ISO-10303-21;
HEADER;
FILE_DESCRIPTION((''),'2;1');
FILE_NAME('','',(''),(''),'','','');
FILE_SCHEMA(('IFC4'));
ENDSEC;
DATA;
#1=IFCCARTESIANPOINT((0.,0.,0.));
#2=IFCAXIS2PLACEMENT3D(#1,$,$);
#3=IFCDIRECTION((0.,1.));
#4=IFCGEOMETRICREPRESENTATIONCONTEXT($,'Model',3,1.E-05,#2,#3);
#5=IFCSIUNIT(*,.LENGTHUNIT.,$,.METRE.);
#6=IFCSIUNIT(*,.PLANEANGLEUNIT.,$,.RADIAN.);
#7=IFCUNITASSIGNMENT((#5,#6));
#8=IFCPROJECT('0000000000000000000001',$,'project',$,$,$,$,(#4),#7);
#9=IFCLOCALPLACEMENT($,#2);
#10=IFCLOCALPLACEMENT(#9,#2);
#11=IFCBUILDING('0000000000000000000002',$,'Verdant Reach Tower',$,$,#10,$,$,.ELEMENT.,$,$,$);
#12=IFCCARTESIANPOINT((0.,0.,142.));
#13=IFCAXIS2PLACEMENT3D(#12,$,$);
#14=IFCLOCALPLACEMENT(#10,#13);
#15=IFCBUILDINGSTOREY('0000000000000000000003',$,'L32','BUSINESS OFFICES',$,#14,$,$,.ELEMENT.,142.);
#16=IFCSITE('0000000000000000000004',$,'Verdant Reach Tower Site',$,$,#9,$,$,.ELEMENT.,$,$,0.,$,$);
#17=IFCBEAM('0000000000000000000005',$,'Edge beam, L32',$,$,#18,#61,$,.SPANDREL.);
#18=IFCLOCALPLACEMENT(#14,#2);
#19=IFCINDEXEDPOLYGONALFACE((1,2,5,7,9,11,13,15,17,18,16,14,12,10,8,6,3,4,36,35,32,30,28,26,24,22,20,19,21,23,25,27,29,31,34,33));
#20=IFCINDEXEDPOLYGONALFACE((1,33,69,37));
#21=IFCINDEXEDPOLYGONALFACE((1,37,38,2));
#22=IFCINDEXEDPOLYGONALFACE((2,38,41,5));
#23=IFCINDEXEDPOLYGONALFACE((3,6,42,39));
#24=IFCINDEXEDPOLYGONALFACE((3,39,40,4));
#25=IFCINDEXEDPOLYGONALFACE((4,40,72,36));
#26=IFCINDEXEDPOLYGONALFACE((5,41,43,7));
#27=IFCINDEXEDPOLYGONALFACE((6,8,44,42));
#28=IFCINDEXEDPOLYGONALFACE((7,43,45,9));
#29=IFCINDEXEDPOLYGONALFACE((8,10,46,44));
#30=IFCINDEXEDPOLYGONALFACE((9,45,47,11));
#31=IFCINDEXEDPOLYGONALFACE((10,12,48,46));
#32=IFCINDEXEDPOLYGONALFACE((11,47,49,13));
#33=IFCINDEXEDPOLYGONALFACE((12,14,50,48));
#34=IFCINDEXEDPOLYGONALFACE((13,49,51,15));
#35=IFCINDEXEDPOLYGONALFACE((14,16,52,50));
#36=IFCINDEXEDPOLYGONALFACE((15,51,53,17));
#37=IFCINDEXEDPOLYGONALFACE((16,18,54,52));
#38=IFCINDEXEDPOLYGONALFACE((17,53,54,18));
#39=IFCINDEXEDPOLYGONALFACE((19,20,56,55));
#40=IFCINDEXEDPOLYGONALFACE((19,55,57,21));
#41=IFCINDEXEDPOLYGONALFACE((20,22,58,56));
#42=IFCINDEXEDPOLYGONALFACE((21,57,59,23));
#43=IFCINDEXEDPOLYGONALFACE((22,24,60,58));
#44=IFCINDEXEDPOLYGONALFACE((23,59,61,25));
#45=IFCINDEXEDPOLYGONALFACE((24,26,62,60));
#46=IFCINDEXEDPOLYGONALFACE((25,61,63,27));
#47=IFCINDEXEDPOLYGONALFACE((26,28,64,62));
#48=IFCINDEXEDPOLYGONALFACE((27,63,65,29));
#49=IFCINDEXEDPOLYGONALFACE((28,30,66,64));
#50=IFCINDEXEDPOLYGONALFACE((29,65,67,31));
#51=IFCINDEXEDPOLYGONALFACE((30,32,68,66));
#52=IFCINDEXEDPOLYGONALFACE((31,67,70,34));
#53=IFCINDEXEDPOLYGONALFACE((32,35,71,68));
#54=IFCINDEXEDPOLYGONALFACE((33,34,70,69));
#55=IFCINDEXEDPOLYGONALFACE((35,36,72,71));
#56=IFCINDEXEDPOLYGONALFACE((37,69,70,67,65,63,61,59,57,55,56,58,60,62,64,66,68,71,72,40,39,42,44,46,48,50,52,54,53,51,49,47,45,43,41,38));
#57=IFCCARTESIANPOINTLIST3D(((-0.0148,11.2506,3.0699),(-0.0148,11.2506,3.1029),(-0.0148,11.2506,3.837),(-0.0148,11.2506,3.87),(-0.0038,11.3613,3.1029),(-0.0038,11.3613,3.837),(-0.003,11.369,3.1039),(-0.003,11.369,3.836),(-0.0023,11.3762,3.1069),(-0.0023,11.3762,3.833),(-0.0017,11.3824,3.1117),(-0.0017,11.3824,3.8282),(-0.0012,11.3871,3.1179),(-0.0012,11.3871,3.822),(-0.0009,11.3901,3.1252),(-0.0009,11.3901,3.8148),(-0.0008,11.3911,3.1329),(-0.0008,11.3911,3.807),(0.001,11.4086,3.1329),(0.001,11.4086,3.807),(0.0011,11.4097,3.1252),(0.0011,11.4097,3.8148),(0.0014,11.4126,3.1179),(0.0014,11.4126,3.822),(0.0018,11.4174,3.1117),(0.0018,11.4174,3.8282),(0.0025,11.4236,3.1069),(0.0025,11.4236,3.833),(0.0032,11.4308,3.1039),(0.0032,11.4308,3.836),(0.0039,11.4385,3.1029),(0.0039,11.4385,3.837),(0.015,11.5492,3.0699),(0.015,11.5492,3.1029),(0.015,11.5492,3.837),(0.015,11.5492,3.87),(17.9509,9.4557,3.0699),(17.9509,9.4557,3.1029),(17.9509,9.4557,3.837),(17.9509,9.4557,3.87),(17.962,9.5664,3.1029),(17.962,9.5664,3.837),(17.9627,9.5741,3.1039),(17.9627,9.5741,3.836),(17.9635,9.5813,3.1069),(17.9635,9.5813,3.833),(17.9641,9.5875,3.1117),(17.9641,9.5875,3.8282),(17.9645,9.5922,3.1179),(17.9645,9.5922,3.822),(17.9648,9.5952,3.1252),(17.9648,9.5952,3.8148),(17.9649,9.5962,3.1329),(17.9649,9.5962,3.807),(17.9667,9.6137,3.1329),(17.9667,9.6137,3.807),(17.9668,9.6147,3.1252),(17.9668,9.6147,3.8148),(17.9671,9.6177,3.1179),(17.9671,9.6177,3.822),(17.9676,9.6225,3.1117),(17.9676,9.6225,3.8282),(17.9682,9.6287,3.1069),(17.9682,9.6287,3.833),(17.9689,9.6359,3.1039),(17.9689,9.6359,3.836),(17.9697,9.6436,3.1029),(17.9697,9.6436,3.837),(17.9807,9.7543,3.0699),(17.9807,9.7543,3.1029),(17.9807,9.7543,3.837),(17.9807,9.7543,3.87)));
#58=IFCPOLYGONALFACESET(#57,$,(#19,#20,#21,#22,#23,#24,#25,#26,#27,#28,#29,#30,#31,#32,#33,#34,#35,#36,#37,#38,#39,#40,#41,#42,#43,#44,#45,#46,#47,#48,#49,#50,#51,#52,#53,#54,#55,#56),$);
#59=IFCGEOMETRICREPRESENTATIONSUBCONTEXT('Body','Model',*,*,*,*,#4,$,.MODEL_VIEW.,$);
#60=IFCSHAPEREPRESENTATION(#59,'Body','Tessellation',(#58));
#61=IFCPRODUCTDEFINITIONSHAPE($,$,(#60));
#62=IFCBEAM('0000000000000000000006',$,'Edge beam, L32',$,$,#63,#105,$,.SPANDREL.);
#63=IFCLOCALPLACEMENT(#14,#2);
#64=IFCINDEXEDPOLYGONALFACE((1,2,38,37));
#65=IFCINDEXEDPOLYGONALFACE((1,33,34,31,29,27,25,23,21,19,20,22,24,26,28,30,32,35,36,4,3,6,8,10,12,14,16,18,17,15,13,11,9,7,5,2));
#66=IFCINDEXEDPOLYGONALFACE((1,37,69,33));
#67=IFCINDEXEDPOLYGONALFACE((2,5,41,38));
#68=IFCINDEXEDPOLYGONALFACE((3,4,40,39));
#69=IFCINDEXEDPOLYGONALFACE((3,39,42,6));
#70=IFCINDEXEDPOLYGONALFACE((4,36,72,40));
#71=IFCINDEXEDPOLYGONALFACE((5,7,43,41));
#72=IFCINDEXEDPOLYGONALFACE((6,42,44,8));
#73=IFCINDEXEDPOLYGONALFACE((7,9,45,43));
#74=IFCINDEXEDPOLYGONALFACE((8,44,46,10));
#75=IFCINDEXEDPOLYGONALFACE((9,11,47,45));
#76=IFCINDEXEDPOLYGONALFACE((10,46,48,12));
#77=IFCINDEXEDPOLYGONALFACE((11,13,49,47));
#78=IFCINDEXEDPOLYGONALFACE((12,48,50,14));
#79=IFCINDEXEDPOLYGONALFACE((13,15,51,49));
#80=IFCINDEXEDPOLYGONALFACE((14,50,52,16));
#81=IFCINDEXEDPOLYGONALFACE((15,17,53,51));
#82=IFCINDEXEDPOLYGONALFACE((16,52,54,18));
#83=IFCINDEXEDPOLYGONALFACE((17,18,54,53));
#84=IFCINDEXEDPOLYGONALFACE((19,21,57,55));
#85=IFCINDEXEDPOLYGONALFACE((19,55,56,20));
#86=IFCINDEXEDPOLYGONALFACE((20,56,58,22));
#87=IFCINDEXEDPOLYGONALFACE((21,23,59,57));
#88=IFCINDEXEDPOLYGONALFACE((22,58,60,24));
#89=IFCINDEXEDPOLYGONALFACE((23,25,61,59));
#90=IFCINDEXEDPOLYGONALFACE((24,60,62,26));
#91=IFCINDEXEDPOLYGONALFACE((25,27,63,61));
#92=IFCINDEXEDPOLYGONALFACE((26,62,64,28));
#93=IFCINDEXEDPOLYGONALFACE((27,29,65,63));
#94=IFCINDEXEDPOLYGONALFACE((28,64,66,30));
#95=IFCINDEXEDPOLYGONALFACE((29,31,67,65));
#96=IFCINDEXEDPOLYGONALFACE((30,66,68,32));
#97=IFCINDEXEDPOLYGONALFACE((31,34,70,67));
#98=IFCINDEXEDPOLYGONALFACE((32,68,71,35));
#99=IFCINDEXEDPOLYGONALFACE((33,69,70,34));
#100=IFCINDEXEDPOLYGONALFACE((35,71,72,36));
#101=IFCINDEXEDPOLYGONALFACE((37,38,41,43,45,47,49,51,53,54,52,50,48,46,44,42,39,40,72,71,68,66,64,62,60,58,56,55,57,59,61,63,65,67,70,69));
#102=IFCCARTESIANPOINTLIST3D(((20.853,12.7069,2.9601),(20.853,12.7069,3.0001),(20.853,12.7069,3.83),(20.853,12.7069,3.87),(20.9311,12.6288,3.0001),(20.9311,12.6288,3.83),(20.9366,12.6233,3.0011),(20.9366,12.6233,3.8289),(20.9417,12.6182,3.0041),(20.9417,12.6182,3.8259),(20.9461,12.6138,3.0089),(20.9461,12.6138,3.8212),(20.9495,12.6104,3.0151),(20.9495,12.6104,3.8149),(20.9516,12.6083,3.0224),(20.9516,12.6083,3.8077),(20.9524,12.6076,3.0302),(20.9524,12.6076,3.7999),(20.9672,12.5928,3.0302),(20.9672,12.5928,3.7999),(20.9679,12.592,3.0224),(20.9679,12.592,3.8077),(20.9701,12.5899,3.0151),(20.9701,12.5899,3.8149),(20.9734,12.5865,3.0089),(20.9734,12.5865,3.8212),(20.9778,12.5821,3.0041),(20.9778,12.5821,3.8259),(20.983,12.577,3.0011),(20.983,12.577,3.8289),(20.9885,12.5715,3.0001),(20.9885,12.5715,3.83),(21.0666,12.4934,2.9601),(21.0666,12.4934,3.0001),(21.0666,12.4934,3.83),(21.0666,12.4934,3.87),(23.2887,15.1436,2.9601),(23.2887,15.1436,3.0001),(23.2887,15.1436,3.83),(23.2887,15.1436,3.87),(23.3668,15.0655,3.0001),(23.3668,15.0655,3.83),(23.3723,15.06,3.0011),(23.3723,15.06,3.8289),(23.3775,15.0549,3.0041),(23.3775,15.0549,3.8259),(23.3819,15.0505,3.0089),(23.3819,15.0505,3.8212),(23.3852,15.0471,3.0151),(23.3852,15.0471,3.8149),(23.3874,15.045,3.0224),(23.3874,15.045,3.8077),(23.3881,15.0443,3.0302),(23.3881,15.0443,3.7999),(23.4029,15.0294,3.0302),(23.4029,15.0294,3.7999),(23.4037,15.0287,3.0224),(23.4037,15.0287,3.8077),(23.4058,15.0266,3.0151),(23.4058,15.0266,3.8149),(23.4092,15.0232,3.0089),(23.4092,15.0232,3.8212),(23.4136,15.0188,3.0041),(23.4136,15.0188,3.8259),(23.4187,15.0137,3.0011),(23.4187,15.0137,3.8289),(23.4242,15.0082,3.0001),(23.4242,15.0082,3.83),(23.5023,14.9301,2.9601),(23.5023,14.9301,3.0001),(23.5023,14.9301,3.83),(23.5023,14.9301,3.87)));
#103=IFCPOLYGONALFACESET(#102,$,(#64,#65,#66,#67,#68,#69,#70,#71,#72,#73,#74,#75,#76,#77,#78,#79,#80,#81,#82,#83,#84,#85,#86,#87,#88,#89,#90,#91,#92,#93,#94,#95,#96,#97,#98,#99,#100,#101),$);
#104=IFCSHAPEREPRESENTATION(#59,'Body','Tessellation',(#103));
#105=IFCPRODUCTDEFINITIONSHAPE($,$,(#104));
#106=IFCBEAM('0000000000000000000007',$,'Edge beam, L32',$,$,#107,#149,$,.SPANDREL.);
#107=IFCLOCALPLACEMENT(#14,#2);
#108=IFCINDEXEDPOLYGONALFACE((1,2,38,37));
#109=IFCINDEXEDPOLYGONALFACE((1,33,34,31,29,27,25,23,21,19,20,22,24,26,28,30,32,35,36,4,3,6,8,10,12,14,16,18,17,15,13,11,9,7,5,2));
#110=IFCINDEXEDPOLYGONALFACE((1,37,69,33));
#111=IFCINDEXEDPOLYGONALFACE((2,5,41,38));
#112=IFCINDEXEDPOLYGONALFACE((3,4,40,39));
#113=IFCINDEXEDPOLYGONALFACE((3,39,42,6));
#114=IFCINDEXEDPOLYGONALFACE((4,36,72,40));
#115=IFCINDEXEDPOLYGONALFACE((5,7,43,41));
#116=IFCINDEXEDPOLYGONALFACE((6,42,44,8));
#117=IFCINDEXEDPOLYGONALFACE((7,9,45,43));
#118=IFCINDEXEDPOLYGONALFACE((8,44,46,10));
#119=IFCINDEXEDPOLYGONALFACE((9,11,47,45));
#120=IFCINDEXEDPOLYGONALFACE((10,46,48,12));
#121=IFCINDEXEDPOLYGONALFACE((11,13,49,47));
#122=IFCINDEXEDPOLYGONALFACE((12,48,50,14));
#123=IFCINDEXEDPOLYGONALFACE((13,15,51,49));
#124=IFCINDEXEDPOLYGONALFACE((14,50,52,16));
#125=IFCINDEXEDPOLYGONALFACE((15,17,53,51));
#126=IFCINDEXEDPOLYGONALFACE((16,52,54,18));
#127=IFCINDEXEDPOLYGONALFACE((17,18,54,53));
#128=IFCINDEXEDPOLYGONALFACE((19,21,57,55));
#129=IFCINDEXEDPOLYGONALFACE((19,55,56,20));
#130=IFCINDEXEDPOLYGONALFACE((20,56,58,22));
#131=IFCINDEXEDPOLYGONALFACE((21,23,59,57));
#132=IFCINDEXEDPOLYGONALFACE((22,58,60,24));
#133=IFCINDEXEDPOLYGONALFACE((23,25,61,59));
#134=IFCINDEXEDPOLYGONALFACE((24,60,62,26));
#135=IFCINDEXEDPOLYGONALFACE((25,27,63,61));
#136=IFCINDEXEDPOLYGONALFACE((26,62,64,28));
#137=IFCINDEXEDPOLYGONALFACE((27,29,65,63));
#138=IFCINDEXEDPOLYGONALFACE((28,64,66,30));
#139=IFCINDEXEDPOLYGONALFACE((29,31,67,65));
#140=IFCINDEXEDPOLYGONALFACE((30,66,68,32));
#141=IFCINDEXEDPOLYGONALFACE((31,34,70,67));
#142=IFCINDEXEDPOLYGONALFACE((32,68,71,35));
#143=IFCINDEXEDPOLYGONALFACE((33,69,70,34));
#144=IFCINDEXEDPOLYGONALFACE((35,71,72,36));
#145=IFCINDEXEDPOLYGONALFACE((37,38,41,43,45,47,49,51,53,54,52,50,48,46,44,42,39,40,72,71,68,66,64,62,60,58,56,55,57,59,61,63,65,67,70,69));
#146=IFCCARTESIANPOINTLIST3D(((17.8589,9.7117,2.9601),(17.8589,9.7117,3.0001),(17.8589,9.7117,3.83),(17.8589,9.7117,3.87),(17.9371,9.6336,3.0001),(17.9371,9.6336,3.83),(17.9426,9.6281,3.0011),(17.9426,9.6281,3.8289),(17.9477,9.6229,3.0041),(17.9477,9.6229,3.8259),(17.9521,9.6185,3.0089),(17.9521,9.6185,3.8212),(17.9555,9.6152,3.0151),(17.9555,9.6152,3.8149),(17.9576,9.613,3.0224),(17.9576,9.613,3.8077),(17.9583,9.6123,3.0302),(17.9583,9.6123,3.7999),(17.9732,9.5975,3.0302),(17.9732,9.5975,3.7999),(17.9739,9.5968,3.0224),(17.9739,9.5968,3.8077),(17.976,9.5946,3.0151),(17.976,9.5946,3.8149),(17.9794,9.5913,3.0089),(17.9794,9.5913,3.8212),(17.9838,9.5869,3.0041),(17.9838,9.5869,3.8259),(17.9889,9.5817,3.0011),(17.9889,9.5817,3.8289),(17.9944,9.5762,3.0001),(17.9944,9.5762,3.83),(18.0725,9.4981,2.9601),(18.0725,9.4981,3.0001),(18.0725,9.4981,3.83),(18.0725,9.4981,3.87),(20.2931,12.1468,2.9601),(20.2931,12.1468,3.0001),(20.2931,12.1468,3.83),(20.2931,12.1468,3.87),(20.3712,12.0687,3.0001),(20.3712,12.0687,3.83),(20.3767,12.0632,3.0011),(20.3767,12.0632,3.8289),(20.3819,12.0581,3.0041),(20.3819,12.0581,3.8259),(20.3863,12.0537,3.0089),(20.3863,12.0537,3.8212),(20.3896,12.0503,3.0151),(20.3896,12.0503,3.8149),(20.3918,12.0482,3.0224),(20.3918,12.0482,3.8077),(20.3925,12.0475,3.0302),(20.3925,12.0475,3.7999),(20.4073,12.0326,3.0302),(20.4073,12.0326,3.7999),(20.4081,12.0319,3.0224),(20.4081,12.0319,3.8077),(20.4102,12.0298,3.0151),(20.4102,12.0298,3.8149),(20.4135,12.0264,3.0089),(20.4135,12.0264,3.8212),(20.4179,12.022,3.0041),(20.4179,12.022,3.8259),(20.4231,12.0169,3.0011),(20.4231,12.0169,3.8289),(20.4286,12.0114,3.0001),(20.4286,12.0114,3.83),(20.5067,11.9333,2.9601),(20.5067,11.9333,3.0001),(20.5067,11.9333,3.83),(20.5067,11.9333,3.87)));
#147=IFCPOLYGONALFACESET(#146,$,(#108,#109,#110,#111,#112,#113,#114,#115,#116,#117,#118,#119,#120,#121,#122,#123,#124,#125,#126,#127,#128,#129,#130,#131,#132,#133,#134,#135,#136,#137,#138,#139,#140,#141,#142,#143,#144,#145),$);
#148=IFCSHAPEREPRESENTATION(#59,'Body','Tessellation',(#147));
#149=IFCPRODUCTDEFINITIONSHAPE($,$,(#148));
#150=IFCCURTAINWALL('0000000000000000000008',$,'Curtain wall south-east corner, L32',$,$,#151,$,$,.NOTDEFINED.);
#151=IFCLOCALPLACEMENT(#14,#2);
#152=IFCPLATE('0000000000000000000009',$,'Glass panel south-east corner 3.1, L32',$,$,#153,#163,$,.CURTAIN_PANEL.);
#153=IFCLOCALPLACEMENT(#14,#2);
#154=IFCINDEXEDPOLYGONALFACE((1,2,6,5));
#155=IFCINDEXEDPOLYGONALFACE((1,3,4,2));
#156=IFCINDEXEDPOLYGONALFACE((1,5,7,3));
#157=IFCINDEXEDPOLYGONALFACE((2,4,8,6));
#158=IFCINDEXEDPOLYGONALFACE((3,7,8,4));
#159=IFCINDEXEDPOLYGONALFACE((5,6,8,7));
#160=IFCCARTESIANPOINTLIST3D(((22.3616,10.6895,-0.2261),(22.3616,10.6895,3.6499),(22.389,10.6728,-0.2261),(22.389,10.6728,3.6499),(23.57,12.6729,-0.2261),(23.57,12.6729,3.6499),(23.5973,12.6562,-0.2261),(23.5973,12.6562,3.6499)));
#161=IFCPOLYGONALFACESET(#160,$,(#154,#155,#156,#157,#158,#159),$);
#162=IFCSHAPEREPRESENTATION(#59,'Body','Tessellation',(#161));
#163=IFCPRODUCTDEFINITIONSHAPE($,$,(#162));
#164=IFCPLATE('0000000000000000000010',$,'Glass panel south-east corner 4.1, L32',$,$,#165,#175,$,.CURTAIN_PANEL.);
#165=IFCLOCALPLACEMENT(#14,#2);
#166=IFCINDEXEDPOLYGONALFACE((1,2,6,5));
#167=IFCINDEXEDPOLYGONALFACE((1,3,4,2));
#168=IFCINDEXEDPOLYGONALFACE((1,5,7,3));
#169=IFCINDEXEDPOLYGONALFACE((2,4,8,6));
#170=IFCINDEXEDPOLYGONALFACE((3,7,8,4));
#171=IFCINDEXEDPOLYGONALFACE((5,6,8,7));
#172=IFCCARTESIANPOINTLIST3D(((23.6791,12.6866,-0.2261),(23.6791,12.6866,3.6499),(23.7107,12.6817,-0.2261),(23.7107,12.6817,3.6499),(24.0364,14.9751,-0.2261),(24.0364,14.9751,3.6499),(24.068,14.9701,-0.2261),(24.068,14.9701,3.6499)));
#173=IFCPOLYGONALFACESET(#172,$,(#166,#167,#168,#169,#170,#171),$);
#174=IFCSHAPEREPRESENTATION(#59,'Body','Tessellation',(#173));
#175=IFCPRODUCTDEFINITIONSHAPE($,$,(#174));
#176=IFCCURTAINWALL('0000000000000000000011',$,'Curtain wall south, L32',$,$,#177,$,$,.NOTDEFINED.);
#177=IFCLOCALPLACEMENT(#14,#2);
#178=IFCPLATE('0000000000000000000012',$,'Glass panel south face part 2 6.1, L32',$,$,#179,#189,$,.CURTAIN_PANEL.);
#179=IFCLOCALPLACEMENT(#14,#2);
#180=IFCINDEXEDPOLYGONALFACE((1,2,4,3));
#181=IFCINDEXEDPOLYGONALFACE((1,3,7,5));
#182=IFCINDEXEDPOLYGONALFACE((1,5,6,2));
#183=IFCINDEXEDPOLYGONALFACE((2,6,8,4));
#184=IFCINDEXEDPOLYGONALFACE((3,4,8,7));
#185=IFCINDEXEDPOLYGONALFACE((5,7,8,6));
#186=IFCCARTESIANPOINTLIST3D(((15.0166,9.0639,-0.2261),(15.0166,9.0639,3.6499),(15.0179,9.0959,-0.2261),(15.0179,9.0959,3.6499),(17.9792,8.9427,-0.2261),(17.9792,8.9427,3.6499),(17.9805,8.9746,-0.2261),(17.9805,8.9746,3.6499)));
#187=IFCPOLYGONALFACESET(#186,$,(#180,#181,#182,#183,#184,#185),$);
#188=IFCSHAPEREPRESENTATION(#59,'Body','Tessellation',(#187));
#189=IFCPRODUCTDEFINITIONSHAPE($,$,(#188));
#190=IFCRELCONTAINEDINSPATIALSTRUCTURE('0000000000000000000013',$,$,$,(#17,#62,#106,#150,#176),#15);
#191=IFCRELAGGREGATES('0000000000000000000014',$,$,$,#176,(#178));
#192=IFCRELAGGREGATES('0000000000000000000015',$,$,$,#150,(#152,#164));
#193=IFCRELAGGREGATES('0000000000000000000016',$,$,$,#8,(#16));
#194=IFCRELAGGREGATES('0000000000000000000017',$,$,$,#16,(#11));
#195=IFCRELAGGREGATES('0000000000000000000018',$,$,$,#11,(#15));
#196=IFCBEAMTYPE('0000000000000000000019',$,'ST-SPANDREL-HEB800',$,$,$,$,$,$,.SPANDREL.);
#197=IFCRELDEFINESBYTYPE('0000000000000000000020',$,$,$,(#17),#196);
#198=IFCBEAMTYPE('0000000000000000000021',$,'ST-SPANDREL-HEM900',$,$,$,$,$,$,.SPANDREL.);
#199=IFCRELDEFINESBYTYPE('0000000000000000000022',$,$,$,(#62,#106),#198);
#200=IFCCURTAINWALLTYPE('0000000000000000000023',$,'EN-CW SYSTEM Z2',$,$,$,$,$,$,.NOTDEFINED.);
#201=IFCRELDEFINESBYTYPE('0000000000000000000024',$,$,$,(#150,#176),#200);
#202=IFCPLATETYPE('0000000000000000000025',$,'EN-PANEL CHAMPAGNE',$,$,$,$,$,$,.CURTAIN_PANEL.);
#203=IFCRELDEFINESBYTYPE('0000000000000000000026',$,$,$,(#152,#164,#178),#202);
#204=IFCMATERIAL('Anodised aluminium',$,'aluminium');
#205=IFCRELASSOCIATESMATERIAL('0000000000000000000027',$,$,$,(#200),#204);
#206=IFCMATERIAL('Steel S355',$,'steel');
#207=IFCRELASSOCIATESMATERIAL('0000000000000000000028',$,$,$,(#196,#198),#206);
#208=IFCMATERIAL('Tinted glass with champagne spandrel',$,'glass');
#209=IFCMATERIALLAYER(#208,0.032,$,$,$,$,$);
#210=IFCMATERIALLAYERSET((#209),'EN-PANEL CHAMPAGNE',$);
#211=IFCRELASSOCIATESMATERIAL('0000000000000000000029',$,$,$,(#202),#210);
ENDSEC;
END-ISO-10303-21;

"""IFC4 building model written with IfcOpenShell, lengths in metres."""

from ifc_helpers import new_model, si_unit, direction, frame, origin, origin_2d, place, context, subcontext, project, spatial, rectangle, i_section, extrude, material, layer, layer_set, material_profile, profile_set, type_object, element, aggregate, save


model = new_model("IFC4")

# Units and contexts
model_context = context("Model", 3, precision=1e-05, world=origin(), true_north=direction((0.0, 1.0)))
body_context = subcontext(model_context, "Body", "Model", "MODEL_VIEW")
ifc_project = project(units=[si_unit("LENGTHUNIT", "METRE"), si_unit("PLANEANGLEUNIT", "RADIAN")], contexts=[model_context])

# Site, building, storey
site_placement = place(None, origin())
site = spatial("IfcSite", under=ifc_project, at=site_placement, Name="Verdant Reach Tower Site", CompositionType="ELEMENT", RefElevation=0.0)
building_placement = place(site_placement, origin())
building = spatial("IfcBuilding", under=site, at=building_placement, Name="Verdant Reach Tower", CompositionType="ELEMENT")
storey_placement = place(building_placement, frame((0.0, 0.0, 142.0)))
storey = spatial("IfcBuildingStorey", under=building, at=storey_placement, Name="L32", Description="BUSINESS OFFICES", CompositionType="ELEMENT", Elevation=142.0)

# Shared definitions
ifc_material_1 = material(Name="Anodised aluminium", Category="aluminium")
curtain_wall_type = type_object("IfcCurtainWallType", Name="EN-CW SYSTEM Z2", PredefinedType="NOTDEFINED", material=ifc_material_1)

# Beams
ifc_material_2 = material(Name="Steel S355", Category="steel")
ifc_material_profile_1 = material_profile(ifc_material_2, i_section(OverallWidth=0.3, OverallDepth=0.8, WebThickness=0.0176, FlangeThickness=0.033, FilletRadius=0.03, at=origin_2d()), Name="HEB 800")
ifc_profile_set_1 = profile_set([ifc_material_profile_1], Name="Steel S355")
beam_type_1 = type_object("IfcBeamType", Name="ST-SPANDREL-HEB800", PredefinedType="SPANDREL", material=ifc_profile_set_1)
beam_1_placement = place(storey_placement, frame((17.9658, 9.605, 3.47), z_axis=(-0.995046, 0.099413, 0.0), x_axis=(-0.099413, -0.995046, 0.0)))
element("IfcBeam", 1, at=beam_1_placement, inside=storey, type_object=beam_type_1, Name="Edge beam, L32", PredefinedType="SPANDREL", context=body_context, shape_type="SweptSolid", body=[
    extrude(i_section(OverallWidth=0.3, OverallDepth=0.8, WebThickness=0.0176, FlangeThickness=0.033, FilletRadius=0.03, at=origin_2d()), origin(), (0.0, 0.0, 1.0), 18.0552),
])
ifc_material_profile_2 = material_profile(ifc_material_2, i_section(OverallWidth=0.302, OverallDepth=0.9099, WebThickness=0.021, FlangeThickness=0.04, FilletRadius=0.03, at=origin_2d()), Name="HEM 900")
ifc_profile_set_2 = profile_set([ifc_material_profile_2], Name="Steel S355")
beam_type_2 = type_object("IfcBeamType", Name="ST-SPANDREL-HEM900", PredefinedType="SPANDREL", material=ifc_profile_set_2)
beam_2_placement = place(storey_placement, frame((23.3955, 15.0369, 3.415), z_axis=(-0.706965, -0.707248, 0.0), x_axis=(0.707248, -0.706965, 0.0)))
element("IfcBeam", 2, at=beam_2_placement, inside=storey, type_object=beam_type_2, Name="Edge beam, L32", PredefinedType="SPANDREL", context=body_context, shape_type="SweptSolid", body=[
    extrude(i_section(OverallWidth=0.302, OverallDepth=0.9099, WebThickness=0.021, FlangeThickness=0.04, FilletRadius=0.03, at=origin_2d()), origin(), (0.0, 0.0, 1.0), 3.4453),
])
beam_3_placement = place(storey_placement, frame((20.3999, 12.04, 3.415), z_axis=(-0.706965, -0.707249, 0.0), x_axis=(0.707249, -0.706965, 0.0)))
element("IfcBeam", 3, at=beam_3_placement, inside=storey, type_object=beam_type_2, Name="Edge beam, L32", PredefinedType="SPANDREL", context=body_context, shape_type="SweptSolid", body=[
    extrude(i_section(OverallWidth=0.302, OverallDepth=0.9099, WebThickness=0.021, FlangeThickness=0.04, FilletRadius=0.03, at=origin_2d()), origin(), (0.0, 0.0, 1.0), 3.4431),
])

# Curtain wall, plates
curtain_wall_1_placement = place(storey_placement, origin())
curtain_wall_1 = element("IfcCurtainWall", 4, at=curtain_wall_1_placement, inside=storey, type_object=curtain_wall_type, Name="Curtain wall south-east corner, L32", PredefinedType="NOTDEFINED")
ifc_material_3 = material(Name="Tinted glass with champagne spandrel", Category="glass")
ifc_layer_1 = layer(ifc_material_3, 0.032)
ifc_layer_set_1 = layer_set([ifc_layer_1], Name="EN-PANEL CHAMPAGNE")
plate_type_1 = type_object("IfcPlateType", Name="EN-PANEL CHAMPAGNE", PredefinedType="CURTAIN_PANEL", material=ifc_layer_set_1)
plate_1_placement = place(storey_placement, frame((22.9795, 11.6729, -0.2261), z_axis=(0.0, 0.0, 1.0), x_axis=(0.520292, 0.853989, 0.0)))
plate_1 = element("IfcPlate", 5, at=plate_1_placement, type_object=plate_type_1, Name="Glass panel south-east corner 3.1, L32", PredefinedType="CURTAIN_PANEL", context=body_context, shape_type="SweptSolid", body=[
    extrude(rectangle(XDim=2.3225, YDim=0.032, at=origin_2d()), origin(), (0.0, 0.0, 1.0), 3.876),
])
plate_2_placement = place(storey_placement, frame((23.8735, 13.8284, -0.2261), z_axis=(0.0, 0.0, 1.0), x_axis=(0.154281, 0.988027, 0.0)))
plate_2 = element("IfcPlate", 6, at=plate_2_placement, type_object=plate_type_1, Name="Glass panel south-east corner 4.1, L32", PredefinedType="CURTAIN_PANEL", context=body_context, shape_type="SweptSolid", body=[
    extrude(rectangle(XDim=2.3162, YDim=0.032, at=origin_2d()), origin(), (0.0, 0.0, 1.0), 3.876),
])

# Curtain wall, plate
curtain_wall_2_placement = place(storey_placement, origin())
curtain_wall_2 = element("IfcCurtainWall", 7, at=curtain_wall_2_placement, inside=storey, type_object=curtain_wall_type, Name="Curtain wall south, L32", PredefinedType="NOTDEFINED")
plate_3_placement = place(storey_placement, frame((16.4985, 9.0193, -0.2261), z_axis=(0.0, 0.0, 1.0), x_axis=(0.999163, -0.0409, 0.0)))
plate_3 = element("IfcPlate", 8, at=plate_3_placement, type_object=plate_type_1, Name="Glass panel south face part 2 6.1, L32", PredefinedType="CURTAIN_PANEL", context=body_context, shape_type="SweptSolid", body=[
    extrude(rectangle(XDim=2.9651, YDim=0.032, at=origin_2d()), origin(), (0.0, 0.0, 1.0), 3.876),
])
aggregate(curtain_wall_2, [plate_3])

aggregate(curtain_wall_1, [plate_1, plate_2])

save(model, "model.ifc")
